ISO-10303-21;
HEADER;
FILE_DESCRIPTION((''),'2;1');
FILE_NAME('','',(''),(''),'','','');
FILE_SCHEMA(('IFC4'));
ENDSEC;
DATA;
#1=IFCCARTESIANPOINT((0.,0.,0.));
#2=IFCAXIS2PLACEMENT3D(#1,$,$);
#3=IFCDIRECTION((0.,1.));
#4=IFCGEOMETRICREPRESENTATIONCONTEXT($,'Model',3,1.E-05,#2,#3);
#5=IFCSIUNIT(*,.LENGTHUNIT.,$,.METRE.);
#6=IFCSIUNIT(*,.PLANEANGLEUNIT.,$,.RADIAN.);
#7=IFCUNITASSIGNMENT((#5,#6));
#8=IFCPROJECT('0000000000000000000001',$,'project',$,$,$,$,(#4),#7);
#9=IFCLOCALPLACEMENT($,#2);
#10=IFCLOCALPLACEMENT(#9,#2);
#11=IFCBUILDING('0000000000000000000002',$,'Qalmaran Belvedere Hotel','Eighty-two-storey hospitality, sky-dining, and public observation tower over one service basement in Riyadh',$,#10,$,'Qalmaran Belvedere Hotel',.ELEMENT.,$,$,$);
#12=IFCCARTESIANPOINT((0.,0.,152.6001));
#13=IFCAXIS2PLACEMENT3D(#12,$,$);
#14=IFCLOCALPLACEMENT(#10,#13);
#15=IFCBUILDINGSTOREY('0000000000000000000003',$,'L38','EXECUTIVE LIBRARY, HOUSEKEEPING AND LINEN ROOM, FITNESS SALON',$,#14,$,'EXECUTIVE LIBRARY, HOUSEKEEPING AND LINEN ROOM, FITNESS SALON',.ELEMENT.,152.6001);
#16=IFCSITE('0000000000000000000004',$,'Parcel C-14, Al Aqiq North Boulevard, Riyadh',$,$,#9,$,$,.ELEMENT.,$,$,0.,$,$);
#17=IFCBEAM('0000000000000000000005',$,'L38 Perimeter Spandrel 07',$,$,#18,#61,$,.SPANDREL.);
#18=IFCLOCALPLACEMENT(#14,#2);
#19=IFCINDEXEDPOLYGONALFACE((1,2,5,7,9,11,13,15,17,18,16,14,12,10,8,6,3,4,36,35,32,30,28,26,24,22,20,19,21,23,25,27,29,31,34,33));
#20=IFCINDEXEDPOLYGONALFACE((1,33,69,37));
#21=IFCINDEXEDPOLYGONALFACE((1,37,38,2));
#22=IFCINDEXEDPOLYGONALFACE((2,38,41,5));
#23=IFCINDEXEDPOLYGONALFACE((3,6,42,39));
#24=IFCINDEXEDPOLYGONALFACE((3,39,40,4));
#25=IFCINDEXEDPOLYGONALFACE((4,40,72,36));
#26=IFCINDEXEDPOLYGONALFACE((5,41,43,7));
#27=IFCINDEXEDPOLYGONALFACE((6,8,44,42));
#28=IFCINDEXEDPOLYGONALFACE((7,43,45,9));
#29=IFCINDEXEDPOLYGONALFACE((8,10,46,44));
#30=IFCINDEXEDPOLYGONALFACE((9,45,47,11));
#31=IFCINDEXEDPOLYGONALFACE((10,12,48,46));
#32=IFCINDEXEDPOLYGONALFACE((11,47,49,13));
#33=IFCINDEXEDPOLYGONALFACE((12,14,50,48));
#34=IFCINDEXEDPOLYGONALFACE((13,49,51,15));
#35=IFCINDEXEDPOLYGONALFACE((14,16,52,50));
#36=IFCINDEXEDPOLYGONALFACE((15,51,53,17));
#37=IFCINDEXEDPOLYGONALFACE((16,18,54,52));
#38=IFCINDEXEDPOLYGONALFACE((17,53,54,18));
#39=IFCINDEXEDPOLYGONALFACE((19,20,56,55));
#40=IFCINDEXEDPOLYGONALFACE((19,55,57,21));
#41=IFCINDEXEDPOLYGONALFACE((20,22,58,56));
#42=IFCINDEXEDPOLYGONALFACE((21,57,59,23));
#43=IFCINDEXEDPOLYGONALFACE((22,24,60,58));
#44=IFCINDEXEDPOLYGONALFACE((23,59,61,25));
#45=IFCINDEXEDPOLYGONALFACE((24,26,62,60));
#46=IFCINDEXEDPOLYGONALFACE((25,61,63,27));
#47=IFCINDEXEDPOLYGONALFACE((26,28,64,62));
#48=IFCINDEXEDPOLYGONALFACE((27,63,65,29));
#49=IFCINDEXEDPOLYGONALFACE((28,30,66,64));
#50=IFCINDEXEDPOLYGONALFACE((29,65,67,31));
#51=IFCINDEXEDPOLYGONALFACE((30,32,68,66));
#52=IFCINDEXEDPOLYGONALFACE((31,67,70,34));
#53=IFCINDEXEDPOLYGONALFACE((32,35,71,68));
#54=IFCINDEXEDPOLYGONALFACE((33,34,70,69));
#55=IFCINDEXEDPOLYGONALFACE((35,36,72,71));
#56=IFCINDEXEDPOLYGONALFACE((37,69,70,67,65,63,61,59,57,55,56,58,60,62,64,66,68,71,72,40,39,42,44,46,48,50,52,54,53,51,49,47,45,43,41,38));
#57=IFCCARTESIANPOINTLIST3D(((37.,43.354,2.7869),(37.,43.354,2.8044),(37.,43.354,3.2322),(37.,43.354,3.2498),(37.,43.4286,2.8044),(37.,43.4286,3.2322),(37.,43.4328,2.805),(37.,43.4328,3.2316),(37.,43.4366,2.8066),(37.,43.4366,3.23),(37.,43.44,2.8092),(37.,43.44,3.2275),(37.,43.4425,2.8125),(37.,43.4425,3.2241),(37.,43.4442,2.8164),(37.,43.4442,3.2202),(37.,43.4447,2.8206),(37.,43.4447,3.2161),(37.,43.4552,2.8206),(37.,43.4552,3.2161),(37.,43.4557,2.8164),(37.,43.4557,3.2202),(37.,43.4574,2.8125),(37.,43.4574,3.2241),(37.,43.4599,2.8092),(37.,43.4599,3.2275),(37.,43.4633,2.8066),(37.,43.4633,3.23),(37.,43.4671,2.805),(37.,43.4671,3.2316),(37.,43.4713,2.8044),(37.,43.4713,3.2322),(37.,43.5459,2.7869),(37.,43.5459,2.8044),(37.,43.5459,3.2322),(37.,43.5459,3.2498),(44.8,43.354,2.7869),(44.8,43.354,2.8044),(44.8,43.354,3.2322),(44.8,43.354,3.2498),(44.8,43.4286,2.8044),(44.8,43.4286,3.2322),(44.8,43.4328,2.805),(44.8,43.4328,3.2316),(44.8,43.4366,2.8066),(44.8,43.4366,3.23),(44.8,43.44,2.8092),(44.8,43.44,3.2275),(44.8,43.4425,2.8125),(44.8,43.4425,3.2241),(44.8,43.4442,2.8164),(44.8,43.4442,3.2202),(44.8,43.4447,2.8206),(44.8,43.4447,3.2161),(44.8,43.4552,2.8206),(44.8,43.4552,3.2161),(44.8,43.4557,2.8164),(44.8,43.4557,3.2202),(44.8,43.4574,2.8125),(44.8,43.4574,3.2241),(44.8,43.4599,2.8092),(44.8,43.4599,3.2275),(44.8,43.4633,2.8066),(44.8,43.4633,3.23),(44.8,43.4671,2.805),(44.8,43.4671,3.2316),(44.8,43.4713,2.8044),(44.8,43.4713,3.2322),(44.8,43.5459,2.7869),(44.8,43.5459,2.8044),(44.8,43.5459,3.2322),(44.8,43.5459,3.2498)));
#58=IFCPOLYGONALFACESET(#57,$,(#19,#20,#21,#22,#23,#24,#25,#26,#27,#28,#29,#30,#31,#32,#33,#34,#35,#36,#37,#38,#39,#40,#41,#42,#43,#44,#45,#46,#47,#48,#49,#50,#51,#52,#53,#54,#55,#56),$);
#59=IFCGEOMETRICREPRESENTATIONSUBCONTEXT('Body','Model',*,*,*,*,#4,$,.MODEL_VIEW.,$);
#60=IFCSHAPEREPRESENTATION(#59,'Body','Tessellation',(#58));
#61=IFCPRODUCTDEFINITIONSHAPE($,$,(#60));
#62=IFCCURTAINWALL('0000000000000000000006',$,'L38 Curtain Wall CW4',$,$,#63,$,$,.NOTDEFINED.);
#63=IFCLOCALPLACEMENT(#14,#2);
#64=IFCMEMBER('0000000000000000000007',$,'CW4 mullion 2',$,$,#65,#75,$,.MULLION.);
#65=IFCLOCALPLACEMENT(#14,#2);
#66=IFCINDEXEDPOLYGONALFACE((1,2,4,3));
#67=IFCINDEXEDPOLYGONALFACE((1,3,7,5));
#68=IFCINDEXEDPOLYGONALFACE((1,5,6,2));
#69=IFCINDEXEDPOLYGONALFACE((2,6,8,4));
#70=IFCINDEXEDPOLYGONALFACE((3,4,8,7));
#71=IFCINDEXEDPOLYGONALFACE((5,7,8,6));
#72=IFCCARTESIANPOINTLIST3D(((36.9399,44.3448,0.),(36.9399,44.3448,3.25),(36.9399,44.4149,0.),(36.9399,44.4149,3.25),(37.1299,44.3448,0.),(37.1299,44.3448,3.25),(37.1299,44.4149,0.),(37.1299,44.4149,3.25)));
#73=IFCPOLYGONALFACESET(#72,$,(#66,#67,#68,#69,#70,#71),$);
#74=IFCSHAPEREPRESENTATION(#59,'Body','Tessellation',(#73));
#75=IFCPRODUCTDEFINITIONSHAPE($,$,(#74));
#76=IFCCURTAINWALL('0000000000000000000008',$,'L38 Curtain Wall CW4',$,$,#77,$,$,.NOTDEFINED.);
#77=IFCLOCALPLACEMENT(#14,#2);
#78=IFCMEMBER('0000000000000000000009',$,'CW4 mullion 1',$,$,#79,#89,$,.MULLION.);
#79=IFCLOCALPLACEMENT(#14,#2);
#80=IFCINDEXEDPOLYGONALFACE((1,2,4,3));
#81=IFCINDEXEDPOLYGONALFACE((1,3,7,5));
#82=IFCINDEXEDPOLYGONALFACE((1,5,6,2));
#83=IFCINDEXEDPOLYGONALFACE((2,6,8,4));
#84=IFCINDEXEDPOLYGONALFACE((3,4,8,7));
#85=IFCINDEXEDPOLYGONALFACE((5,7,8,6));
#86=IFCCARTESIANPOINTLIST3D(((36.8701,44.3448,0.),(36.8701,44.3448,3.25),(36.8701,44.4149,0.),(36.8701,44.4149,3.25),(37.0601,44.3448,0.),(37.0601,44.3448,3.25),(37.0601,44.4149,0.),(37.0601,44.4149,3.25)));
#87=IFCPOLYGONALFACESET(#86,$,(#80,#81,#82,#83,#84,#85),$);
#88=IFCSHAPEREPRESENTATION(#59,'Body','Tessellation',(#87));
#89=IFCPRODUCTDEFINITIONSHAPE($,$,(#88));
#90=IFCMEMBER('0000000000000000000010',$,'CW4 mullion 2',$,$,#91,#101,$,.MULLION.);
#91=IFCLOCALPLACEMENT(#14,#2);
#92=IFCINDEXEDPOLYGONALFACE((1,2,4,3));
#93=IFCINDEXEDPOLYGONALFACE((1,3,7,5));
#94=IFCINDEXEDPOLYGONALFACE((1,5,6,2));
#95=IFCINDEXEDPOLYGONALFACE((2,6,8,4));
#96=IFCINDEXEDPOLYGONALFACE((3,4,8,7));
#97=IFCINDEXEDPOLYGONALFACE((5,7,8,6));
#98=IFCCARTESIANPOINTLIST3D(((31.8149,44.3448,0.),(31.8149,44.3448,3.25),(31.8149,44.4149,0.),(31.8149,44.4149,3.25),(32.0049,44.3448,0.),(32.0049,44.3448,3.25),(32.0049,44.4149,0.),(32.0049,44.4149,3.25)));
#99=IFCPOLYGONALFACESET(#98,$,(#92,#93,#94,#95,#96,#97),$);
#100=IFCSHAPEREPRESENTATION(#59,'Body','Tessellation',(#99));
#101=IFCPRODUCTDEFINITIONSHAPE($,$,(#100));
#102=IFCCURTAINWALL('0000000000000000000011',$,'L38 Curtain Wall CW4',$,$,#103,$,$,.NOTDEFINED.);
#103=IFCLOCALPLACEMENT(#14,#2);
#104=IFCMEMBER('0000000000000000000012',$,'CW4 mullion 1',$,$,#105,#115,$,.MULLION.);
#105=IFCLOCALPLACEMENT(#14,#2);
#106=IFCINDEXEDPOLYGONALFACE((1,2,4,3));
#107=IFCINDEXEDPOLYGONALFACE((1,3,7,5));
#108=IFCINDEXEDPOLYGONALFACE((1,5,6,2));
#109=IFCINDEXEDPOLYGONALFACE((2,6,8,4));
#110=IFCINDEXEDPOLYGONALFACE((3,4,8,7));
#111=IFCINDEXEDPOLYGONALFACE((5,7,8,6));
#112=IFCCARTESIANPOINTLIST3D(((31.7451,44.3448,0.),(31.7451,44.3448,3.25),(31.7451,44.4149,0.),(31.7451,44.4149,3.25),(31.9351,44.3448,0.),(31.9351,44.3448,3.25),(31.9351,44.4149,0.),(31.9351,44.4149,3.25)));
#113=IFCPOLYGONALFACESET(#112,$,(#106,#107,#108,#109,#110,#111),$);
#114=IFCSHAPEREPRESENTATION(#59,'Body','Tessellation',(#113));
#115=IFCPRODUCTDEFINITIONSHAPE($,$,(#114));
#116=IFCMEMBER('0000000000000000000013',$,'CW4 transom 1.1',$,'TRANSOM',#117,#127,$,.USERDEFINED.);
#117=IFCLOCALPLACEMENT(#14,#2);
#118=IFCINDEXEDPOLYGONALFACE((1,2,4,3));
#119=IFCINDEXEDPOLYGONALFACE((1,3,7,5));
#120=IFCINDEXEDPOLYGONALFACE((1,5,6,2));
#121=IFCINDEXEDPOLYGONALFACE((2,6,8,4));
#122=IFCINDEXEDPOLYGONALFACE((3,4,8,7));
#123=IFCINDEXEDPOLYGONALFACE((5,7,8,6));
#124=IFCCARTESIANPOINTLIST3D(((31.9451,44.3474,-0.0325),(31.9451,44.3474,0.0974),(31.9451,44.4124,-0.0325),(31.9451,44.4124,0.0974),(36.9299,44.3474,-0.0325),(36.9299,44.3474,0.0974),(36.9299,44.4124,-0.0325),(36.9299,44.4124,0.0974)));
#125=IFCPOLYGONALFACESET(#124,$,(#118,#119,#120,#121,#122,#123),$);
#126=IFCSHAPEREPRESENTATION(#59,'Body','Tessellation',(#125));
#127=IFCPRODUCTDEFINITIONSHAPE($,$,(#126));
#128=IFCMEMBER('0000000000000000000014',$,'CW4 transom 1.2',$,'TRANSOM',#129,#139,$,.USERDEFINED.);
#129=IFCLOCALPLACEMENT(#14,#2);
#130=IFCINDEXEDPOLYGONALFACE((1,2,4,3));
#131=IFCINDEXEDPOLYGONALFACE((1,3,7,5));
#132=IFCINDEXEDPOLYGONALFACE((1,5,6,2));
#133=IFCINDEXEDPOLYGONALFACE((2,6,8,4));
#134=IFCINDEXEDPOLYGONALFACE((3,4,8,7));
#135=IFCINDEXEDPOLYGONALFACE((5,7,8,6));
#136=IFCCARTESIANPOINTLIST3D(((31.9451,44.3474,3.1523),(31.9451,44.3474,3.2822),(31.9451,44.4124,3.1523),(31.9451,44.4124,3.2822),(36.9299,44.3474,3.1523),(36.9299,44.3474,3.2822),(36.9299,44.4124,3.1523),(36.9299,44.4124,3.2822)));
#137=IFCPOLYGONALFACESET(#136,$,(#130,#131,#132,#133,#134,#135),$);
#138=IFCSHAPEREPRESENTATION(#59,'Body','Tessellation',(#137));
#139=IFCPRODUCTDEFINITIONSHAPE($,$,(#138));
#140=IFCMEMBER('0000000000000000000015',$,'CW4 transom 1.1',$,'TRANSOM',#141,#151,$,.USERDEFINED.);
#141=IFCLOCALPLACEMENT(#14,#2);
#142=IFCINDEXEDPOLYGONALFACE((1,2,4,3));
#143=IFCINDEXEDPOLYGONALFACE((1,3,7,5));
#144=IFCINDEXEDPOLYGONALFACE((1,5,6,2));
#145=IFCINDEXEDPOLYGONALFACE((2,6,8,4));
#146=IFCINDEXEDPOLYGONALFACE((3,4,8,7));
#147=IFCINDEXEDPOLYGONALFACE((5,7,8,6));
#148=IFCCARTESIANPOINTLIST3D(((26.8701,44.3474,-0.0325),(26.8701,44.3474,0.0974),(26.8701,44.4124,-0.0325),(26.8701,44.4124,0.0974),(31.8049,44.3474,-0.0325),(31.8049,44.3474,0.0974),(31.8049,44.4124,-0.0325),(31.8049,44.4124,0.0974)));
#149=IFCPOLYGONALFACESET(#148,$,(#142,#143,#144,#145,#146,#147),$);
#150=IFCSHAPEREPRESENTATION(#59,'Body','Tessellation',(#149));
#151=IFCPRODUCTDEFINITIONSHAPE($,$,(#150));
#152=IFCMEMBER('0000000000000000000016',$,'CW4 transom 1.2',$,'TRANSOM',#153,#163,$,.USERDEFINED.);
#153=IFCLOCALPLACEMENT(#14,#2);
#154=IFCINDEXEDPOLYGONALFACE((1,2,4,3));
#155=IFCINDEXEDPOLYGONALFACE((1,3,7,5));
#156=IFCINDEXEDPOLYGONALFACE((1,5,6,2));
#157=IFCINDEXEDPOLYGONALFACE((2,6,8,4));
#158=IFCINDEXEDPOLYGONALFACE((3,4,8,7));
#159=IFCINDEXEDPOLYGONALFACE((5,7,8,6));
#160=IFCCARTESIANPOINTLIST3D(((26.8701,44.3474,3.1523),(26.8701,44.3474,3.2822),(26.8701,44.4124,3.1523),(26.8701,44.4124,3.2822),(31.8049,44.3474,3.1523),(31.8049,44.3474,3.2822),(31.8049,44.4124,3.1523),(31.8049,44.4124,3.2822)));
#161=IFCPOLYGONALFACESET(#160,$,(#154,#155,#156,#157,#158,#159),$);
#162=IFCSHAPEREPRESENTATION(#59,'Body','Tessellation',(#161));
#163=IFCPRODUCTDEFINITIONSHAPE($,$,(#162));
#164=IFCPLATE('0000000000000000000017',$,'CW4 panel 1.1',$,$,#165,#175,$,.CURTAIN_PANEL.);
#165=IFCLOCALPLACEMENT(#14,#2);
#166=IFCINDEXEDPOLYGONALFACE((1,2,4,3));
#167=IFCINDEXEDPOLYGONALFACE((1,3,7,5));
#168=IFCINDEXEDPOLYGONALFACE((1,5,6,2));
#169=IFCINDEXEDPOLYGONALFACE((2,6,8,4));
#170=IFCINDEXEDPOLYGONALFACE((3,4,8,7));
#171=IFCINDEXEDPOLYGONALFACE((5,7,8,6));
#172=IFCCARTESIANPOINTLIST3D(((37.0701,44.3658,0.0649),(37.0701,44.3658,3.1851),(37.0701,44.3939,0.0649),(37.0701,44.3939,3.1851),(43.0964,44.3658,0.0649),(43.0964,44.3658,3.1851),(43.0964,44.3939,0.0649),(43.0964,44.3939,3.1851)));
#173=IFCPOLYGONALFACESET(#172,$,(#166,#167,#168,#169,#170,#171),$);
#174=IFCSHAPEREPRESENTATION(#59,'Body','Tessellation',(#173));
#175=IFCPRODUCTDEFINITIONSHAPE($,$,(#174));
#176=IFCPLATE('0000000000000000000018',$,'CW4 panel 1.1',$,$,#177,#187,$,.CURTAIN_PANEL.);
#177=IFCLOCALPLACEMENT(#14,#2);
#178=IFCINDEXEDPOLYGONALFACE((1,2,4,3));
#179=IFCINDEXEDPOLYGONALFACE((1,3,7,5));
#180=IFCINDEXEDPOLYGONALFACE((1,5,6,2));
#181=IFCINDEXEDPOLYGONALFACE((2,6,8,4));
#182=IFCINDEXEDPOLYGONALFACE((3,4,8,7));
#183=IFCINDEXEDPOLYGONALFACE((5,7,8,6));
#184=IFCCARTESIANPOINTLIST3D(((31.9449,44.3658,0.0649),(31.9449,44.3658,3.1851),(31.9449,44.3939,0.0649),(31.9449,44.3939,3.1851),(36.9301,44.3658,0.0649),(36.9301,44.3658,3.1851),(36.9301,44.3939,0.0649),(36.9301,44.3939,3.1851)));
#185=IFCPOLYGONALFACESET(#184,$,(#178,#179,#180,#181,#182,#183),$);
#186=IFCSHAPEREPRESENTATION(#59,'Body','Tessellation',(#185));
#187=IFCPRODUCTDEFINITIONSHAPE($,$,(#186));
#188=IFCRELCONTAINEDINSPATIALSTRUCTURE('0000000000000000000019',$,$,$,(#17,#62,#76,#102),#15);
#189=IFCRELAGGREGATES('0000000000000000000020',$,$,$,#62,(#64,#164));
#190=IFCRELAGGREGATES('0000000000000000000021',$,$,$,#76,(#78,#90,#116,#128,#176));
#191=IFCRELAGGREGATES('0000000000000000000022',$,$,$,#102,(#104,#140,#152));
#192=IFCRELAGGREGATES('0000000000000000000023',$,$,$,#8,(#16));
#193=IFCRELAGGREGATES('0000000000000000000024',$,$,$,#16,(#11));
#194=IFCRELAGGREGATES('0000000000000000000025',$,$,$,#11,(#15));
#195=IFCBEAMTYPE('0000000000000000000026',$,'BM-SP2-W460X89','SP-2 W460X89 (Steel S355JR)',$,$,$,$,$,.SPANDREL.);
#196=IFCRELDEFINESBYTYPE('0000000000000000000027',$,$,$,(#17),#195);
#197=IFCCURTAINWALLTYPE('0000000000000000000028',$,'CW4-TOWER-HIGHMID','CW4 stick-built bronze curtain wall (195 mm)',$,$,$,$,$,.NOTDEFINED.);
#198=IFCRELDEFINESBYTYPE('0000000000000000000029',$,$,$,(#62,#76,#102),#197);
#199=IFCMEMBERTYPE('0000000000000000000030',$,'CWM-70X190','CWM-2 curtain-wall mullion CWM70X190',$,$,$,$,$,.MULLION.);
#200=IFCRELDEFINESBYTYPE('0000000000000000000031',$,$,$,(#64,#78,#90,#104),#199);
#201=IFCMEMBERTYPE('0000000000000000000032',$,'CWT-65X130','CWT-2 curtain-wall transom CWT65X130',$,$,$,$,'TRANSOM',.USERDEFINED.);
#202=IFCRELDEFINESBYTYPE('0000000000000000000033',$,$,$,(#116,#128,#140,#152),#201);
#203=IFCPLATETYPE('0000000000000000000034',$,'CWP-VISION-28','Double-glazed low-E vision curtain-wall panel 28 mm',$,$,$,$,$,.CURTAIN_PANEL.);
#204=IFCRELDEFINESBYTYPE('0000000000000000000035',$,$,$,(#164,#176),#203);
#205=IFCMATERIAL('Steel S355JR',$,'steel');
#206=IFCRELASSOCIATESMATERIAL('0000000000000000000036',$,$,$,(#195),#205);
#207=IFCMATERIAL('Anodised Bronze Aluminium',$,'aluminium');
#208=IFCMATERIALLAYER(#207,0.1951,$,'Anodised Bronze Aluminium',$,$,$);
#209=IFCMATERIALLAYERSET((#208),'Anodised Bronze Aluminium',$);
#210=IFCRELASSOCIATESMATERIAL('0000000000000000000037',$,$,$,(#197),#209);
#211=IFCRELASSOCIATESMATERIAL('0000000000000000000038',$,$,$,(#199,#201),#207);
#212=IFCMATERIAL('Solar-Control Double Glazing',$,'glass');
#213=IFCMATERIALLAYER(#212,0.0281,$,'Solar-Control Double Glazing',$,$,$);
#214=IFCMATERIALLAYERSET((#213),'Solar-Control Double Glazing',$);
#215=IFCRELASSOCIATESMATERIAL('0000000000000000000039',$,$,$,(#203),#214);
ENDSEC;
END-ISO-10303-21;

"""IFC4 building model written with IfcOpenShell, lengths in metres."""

from ifc_helpers import new_model, si_unit, direction, frame, origin, origin_2d, place, context, subcontext, project, spatial, rectangle, i_section, extrude, material, layer, layer_set, material_profile, profile_set, type_object, element, aggregate, save


model = new_model("IFC4")

# Units and contexts
model_context = context("Model", 3, precision=1e-05, world=origin(), true_north=direction((0.0, 1.0)))
body_context = subcontext(model_context, "Body", "Model", "MODEL_VIEW")
ifc_project = project(units=[si_unit("LENGTHUNIT", "METRE"), si_unit("PLANEANGLEUNIT", "RADIAN")], contexts=[model_context])

# Site, building, storey
site_placement = place(None, origin())
site = spatial("IfcSite", under=ifc_project, at=site_placement, Name="Parcel C-14, Al Aqiq North Boulevard, Riyadh", CompositionType="ELEMENT", RefElevation=0.0)
building_placement = place(site_placement, origin())
building = spatial("IfcBuilding", under=site, at=building_placement, Name="Qalmaran Belvedere Hotel", Description="Eighty-two-storey hospitality, sky-dining, and public observation tower over one service basement in Riyadh", LongName="Qalmaran Belvedere Hotel", CompositionType="ELEMENT")
storey_placement = place(building_placement, frame((0.0, 0.0, 152.6001)))
storey = spatial("IfcBuildingStorey", under=building, at=storey_placement, Name="L38", Description="EXECUTIVE LIBRARY, HOUSEKEEPING AND LINEN ROOM, FITNESS SALON", LongName="EXECUTIVE LIBRARY, HOUSEKEEPING AND LINEN ROOM, FITNESS SALON", CompositionType="ELEMENT", Elevation=152.6001)

# Beam
ifc_material_1 = material(Name="Steel S355JR", Category="steel")
ifc_material_profile_1 = material_profile(ifc_material_1, i_section(OverallWidth=0.1919, OverallDepth=0.4629, WebThickness=0.0105, FlangeThickness=0.0176, FilletRadius=0.0161, at=origin_2d()), Name="W460X89")
ifc_profile_set_1 = profile_set([ifc_material_profile_1], Name="Steel S355JR")
beam_type_1 = type_object("IfcBeamType", Name="BM-SP2-W460X89", Description="SP-2 W460X89 (Steel S355JR)", PredefinedType="SPANDREL", material=ifc_profile_set_1)
beam_placement = place(storey_placement, frame((37.0, 43.45, 3.0183), z_axis=(1.0, 0.0, 0.0), x_axis=(0.0, 1.0, 0.0)))
element("IfcBeam", 1, at=beam_placement, inside=storey, type_object=beam_type_1, Name="L38 Perimeter Spandrel 07", PredefinedType="SPANDREL", context=body_context, shape_type="SweptSolid", body=[
    extrude(i_section(OverallWidth=0.1919, OverallDepth=0.4629, WebThickness=0.0105, FlangeThickness=0.0176, FilletRadius=0.0161, at=origin_2d()), origin(), (0.0, 0.0, 1.0), 7.8),
])

# Curtain wall, member
ifc_material_2 = material(Name="Anodised Bronze Aluminium", Category="aluminium")
ifc_layer_1 = layer(ifc_material_2, 0.1951, Name="Anodised Bronze Aluminium")
ifc_layer_set_1 = layer_set([ifc_layer_1], Name="Anodised Bronze Aluminium")
curtain_wall_type = type_object("IfcCurtainWallType", Name="CW4-TOWER-HIGHMID", Description="CW4 stick-built bronze curtain wall (195 mm)", PredefinedType="NOTDEFINED", material=ifc_layer_set_1)
curtain_wall_1_placement = place(storey_placement, origin())
curtain_wall_1 = element("IfcCurtainWall", 2, at=curtain_wall_1_placement, inside=storey, type_object=curtain_wall_type, Name="L38 Curtain Wall CW4", PredefinedType="NOTDEFINED")
ifc_material_profile_2 = material_profile(ifc_material_2, rectangle(XDim=0.0701, YDim=0.1899, at=origin_2d()), Name="CWM70X190")
ifc_profile_set_2 = profile_set([ifc_material_profile_2], Name="Anodised Bronze Aluminium")
member_type_1 = type_object("IfcMemberType", Name="CWM-70X190", Description="CWM-2 curtain-wall mullion CWM70X190", PredefinedType="MULLION", material=ifc_profile_set_2)
member_1_placement = place(storey_placement, frame((37.0349, 44.3799, 0.0), z_axis=(0.0, 0.0, 1.0), x_axis=(0.0, -1.0, 0.0)))
member_1 = element("IfcMember", 3, at=member_1_placement, type_object=member_type_1, Name="CW4 mullion 2", PredefinedType="MULLION", context=body_context, shape_type="SweptSolid", body=[
    extrude(rectangle(XDim=0.0701, YDim=0.1899, at=origin_2d()), origin(), (0.0, 0.0, 1.0), 3.25),
])

# Curtain wall, members
curtain_wall_2_placement = place(storey_placement, origin())
curtain_wall_2 = element("IfcCurtainWall", 4, at=curtain_wall_2_placement, inside=storey, type_object=curtain_wall_type, Name="L38 Curtain Wall CW4", PredefinedType="NOTDEFINED")
member_2_placement = place(storey_placement, frame((36.9651, 44.3799, 0.0), z_axis=(0.0, 0.0, 1.0), x_axis=(0.0, -1.0, 0.0)))
member_2 = element("IfcMember", 5, at=member_2_placement, type_object=member_type_1, Name="CW4 mullion 1", PredefinedType="MULLION", context=body_context, shape_type="SweptSolid", body=[
    extrude(rectangle(XDim=0.0701, YDim=0.1899, at=origin_2d()), origin(), (0.0, 0.0, 1.0), 3.25),
])
member_3_placement = place(storey_placement, frame((31.9099, 44.3799, 0.0), z_axis=(0.0, 0.0, 1.0), x_axis=(0.0, -1.0, 0.0)))
member_3 = element("IfcMember", 6, at=member_3_placement, type_object=member_type_1, Name="CW4 mullion 2", PredefinedType="MULLION", context=body_context, shape_type="SweptSolid", body=[
    extrude(rectangle(XDim=0.0701, YDim=0.1899, at=origin_2d()), origin(), (0.0, 0.0, 1.0), 3.25),
])

# Curtain wall, member
curtain_wall_3_placement = place(storey_placement, origin())
curtain_wall_3 = element("IfcCurtainWall", 7, at=curtain_wall_3_placement, inside=storey, type_object=curtain_wall_type, Name="L38 Curtain Wall CW4", PredefinedType="NOTDEFINED")
member_4_placement = place(storey_placement, frame((31.8401, 44.3799, 0.0), z_axis=(0.0, 0.0, 1.0), x_axis=(0.0, -1.0, 0.0)))
member_4 = element("IfcMember", 8, at=member_4_placement, type_object=member_type_1, Name="CW4 mullion 1", PredefinedType="MULLION", context=body_context, shape_type="SweptSolid", body=[
    extrude(rectangle(XDim=0.0701, YDim=0.1899, at=origin_2d()), origin(), (0.0, 0.0, 1.0), 3.25),
])

# Members
ifc_material_profile_3 = material_profile(ifc_material_2, rectangle(XDim=0.0649, YDim=0.1299, at=origin_2d()), Name="CWT65X130")
ifc_profile_set_3 = profile_set([ifc_material_profile_3], Name="Anodised Bronze Aluminium")
member_type_2 = type_object("IfcMemberType", Name="CWT-65X130", Description="CWT-2 curtain-wall transom CWT65X130", ElementType="TRANSOM", PredefinedType="USERDEFINED", material=ifc_profile_set_3)
member_5_placement = place(storey_placement, frame((36.9299, 44.3799, 0.0325), z_axis=(-1.0, 0.0, 0.0), x_axis=(0.0, -1.0, 0.0)))
member_5 = element("IfcMember", 9, at=member_5_placement, type_object=member_type_2, Name="CW4 transom 1.1", ObjectType="TRANSOM", PredefinedType="USERDEFINED", context=body_context, shape_type="SweptSolid", body=[
    extrude(rectangle(XDim=0.0649, YDim=0.1299, at=origin_2d()), origin(), (0.0, 0.0, 1.0), 4.9849),
])
member_6_placement = place(storey_placement, frame((36.9299, 44.3799, 3.2173), z_axis=(-1.0, 0.0, 0.0), x_axis=(0.0, -1.0, 0.0)))
member_6 = element("IfcMember", 10, at=member_6_placement, type_object=member_type_2, Name="CW4 transom 1.2", ObjectType="TRANSOM", PredefinedType="USERDEFINED", context=body_context, shape_type="SweptSolid", body=[
    extrude(rectangle(XDim=0.0649, YDim=0.1299, at=origin_2d()), origin(), (0.0, 0.0, 1.0), 4.9849),
])
member_7_placement = place(storey_placement, frame((31.8049, 44.3799, 0.0325), z_axis=(-1.0, 0.0, 0.0), x_axis=(0.0, -1.0, 0.0)))
member_7 = element("IfcMember", 11, at=member_7_placement, type_object=member_type_2, Name="CW4 transom 1.1", ObjectType="TRANSOM", PredefinedType="USERDEFINED", context=body_context, shape_type="SweptSolid", body=[
    extrude(rectangle(XDim=0.0649, YDim=0.1299, at=origin_2d()), origin(), (0.0, 0.0, 1.0), 4.9348),
])
member_8_placement = place(storey_placement, frame((31.8049, 44.3799, 3.2173), z_axis=(-1.0, 0.0, 0.0), x_axis=(0.0, -1.0, 0.0)))
member_8 = element("IfcMember", 12, at=member_8_placement, type_object=member_type_2, Name="CW4 transom 1.2", ObjectType="TRANSOM", PredefinedType="USERDEFINED", context=body_context, shape_type="SweptSolid", body=[
    extrude(rectangle(XDim=0.0649, YDim=0.1299, at=origin_2d()), origin(), (0.0, 0.0, 1.0), 4.9348),
])

# Plates
ifc_material_3 = material(Name="Solar-Control Double Glazing", Category="glass")
ifc_layer_2 = layer(ifc_material_3, 0.0281, Name="Solar-Control Double Glazing")
ifc_layer_set_2 = layer_set([ifc_layer_2], Name="Solar-Control Double Glazing")
plate_type = type_object("IfcPlateType", Name="CWP-VISION-28", Description="Double-glazed low-E vision curtain-wall panel 28 mm", PredefinedType="CURTAIN_PANEL", material=ifc_layer_set_2)
plate_1_placement = place(storey_placement, frame((40.0833, 44.3799, 0.0649), z_axis=(0.0, 0.0, 1.0), x_axis=(-1.0, 0.0, 0.0)))
plate_1 = element("IfcPlate", 13, at=plate_1_placement, type_object=plate_type, Name="CW4 panel 1.1", PredefinedType="CURTAIN_PANEL", context=body_context, shape_type="SweptSolid", body=[
    extrude(rectangle(XDim=6.0264, YDim=0.0281, at=origin_2d()), origin(), (0.0, 0.0, 1.0), 3.1201),
])
aggregate(curtain_wall_1, [member_1, plate_1])
plate_2_placement = place(storey_placement, frame((34.4375, 44.3799, 0.0649), z_axis=(0.0, 0.0, 1.0), x_axis=(-1.0, 0.0, 0.0)))
plate_2 = element("IfcPlate", 14, at=plate_2_placement, type_object=plate_type, Name="CW4 panel 1.1", PredefinedType="CURTAIN_PANEL", context=body_context, shape_type="SweptSolid", body=[
    extrude(rectangle(XDim=4.9851, YDim=0.0281, at=origin_2d()), origin(), (0.0, 0.0, 1.0), 3.1201),
])
aggregate(curtain_wall_2, [member_2, member_3, member_5, member_6, plate_2])
aggregate(curtain_wall_3, [member_4, member_7, member_8])

save(model, "model.ifc")
